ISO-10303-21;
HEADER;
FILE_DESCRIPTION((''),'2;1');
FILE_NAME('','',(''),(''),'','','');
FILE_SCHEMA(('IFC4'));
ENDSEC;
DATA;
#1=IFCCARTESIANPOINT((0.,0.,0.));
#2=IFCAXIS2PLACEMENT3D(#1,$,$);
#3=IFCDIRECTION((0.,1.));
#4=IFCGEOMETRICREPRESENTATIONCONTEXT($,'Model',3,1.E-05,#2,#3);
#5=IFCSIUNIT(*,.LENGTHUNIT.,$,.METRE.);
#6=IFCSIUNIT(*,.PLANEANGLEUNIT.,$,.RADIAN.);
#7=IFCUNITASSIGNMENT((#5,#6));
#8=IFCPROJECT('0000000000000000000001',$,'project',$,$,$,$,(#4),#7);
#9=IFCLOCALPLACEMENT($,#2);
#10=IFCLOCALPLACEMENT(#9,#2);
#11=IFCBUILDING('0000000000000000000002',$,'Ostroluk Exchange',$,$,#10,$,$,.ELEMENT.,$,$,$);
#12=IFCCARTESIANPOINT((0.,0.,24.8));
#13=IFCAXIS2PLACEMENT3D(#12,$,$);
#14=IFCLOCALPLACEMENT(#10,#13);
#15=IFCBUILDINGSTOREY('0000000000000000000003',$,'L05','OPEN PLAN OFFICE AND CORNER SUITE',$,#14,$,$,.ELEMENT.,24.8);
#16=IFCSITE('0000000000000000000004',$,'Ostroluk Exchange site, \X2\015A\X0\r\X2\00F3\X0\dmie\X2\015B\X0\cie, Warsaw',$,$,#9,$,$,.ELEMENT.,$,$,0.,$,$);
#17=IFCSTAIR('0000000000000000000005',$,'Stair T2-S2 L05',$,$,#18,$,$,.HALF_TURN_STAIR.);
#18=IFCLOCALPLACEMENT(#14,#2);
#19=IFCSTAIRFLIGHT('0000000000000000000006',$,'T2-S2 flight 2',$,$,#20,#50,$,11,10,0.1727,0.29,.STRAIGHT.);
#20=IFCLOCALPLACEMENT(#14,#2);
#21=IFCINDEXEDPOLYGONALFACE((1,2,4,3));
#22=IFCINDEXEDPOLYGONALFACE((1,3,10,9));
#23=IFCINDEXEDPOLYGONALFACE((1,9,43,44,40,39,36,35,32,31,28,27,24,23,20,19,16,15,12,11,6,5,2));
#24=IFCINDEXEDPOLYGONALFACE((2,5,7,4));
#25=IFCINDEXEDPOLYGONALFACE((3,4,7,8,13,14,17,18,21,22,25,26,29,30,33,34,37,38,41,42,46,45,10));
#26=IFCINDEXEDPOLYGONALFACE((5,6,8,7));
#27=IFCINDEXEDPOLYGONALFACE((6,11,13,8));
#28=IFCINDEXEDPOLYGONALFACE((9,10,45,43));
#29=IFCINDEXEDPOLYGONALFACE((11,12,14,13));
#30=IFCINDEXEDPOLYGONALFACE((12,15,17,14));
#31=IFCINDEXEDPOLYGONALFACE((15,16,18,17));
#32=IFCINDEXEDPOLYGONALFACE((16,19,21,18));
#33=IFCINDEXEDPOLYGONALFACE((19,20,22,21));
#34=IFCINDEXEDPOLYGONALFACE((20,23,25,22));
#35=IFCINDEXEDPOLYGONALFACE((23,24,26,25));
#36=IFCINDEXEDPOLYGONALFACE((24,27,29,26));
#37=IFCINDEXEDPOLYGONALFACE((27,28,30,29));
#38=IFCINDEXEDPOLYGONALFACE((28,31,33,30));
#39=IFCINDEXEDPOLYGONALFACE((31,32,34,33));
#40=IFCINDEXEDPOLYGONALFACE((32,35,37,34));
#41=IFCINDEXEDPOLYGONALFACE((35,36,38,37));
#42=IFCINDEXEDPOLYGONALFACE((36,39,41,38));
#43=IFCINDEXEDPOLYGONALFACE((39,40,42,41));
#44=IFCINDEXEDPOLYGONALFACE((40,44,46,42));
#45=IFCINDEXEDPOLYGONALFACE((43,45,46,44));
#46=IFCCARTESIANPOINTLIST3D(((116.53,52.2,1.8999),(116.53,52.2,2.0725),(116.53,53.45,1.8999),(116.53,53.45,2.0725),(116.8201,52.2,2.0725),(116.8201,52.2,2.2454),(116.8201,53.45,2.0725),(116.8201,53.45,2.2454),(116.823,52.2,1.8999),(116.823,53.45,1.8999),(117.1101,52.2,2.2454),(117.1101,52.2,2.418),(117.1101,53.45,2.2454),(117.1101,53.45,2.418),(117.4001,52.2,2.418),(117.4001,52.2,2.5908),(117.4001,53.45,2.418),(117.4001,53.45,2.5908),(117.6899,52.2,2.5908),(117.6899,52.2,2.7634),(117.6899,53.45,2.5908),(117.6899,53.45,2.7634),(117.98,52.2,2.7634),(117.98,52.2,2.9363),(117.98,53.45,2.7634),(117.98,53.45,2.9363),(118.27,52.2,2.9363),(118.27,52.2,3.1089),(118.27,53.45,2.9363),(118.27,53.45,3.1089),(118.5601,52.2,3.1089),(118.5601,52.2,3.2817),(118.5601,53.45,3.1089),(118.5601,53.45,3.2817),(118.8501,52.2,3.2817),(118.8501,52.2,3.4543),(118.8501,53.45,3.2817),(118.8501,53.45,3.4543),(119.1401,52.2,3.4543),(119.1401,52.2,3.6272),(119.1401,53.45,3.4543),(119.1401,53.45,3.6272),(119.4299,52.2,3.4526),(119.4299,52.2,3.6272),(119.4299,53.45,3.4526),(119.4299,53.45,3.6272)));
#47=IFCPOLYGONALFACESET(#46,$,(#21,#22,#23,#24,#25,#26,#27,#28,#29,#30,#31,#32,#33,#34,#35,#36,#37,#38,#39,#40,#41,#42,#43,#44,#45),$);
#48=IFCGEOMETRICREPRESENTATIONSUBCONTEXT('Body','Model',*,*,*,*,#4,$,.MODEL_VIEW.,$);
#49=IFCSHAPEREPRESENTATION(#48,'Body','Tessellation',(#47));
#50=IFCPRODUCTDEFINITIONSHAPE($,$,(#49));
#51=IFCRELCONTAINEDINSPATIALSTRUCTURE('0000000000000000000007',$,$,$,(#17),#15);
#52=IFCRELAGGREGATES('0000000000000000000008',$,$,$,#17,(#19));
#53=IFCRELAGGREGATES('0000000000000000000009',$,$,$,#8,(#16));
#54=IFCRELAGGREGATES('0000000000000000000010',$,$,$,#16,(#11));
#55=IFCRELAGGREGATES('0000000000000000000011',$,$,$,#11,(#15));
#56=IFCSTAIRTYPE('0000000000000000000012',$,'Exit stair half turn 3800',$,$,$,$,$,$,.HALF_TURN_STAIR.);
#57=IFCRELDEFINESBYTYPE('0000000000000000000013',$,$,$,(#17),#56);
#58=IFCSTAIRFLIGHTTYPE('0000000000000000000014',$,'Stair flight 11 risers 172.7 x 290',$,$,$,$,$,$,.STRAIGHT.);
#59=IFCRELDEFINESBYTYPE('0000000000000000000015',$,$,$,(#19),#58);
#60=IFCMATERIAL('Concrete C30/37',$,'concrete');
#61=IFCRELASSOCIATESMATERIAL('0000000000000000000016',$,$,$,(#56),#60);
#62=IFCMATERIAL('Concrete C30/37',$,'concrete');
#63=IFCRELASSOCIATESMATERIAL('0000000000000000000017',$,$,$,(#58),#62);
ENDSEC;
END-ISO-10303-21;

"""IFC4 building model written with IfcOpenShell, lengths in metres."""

from ifc_helpers import new_model, si_unit, direction, frame, origin, place, context, subcontext, project, spatial, polyline, outline, extrude, material, type_object, element, aggregate, save


model = new_model("IFC4")

# Units and contexts
model_context = context("Model", 3, precision=1e-05, world=origin(), true_north=direction((0.0, 1.0)))
body_context = subcontext(model_context, "Body", "Model", "MODEL_VIEW")
ifc_project = project(units=[si_unit("LENGTHUNIT", "METRE"), si_unit("PLANEANGLEUNIT", "RADIAN")], contexts=[model_context])

# Site, building, storey
site_placement = place(None, origin())
site = spatial("IfcSite", under=ifc_project, at=site_placement, Name="Ostroluk Exchange site, Śródmieście, Warsaw", CompositionType="ELEMENT", RefElevation=0.0)
building_placement = place(site_placement, origin())
building = spatial("IfcBuilding", under=site, at=building_placement, Name="Ostroluk Exchange", CompositionType="ELEMENT")
storey_placement = place(building_placement, frame((0.0, 0.0, 24.8)))
storey = spatial("IfcBuildingStorey", under=building, at=storey_placement, Name="L05", Description="OPEN PLAN OFFICE AND CORNER SUITE", CompositionType="ELEMENT", Elevation=24.8)

# Stair, stair flight
ifc_material_1 = material(Name="Concrete C30/37", Category="concrete")
stair_type = type_object("IfcStairType", Name="Exit stair half turn 3800", PredefinedType="HALF_TURN_STAIR", material=ifc_material_1)
stair_placement = place(storey_placement, origin())
stair = element("IfcStair", 1, at=stair_placement, inside=storey, type_object=stair_type, Name="Stair T2-S2 L05", PredefinedType="HALF_TURN_STAIR")
ifc_material_2 = material(Name="Concrete C30/37", Category="concrete")
stair_flight_type = type_object("IfcStairFlightType", Name="Stair flight 11 risers 172.7 x 290", PredefinedType="STRAIGHT", material=ifc_material_2)
stair_flight_1_placement = place(storey_placement, frame((116.53, 52.825, 1.8999), z_axis=(0.0, 0.0, 1.0), x_axis=(1.0, 0.0, 0.0)))
stair_flight_1 = element("IfcStairFlight", 2, at=stair_flight_1_placement, type_object=stair_flight_type, Name="T2-S2 flight 2", NumberOfRisers=11, NumberOfTreads=10, PredefinedType="STRAIGHT", RiserHeight=0.1727, TreadLength=0.29, context=body_context, shape_type="SweptSolid", body=[
    extrude(outline(polyline([(0.0, 0.0), (0.0, 0.1726), (0.29, 0.1726), (0.29, 0.3455), (0.5801, 0.3455), (0.5801, 0.5181), (0.8701, 0.5181), (0.8701, 0.6909), (1.1599, 0.6909), (1.1599, 0.8635), (1.45, 0.8635), (1.45, 1.0364), (1.74, 1.0364), (1.74, 1.209), (2.03, 1.209), (2.03, 1.3818), (2.3201, 1.3818), (2.3201, 1.5544), (2.6101, 1.5544), (2.6101, 1.7273), (2.8999, 1.7273), (2.8999, 1.8999), (2.8999, 1.5527), (0.293, 0.0), (0.0, 0.0)])), frame((0.0, 0.625, 0.0), z_axis=(0.0, -1.0, 0.0), x_axis=(1.0, 0.0, 0.0)), (0.0, 0.0, 1.0), 1.25),
])
aggregate(stair, [stair_flight_1])

save(model, "model.ifc")
